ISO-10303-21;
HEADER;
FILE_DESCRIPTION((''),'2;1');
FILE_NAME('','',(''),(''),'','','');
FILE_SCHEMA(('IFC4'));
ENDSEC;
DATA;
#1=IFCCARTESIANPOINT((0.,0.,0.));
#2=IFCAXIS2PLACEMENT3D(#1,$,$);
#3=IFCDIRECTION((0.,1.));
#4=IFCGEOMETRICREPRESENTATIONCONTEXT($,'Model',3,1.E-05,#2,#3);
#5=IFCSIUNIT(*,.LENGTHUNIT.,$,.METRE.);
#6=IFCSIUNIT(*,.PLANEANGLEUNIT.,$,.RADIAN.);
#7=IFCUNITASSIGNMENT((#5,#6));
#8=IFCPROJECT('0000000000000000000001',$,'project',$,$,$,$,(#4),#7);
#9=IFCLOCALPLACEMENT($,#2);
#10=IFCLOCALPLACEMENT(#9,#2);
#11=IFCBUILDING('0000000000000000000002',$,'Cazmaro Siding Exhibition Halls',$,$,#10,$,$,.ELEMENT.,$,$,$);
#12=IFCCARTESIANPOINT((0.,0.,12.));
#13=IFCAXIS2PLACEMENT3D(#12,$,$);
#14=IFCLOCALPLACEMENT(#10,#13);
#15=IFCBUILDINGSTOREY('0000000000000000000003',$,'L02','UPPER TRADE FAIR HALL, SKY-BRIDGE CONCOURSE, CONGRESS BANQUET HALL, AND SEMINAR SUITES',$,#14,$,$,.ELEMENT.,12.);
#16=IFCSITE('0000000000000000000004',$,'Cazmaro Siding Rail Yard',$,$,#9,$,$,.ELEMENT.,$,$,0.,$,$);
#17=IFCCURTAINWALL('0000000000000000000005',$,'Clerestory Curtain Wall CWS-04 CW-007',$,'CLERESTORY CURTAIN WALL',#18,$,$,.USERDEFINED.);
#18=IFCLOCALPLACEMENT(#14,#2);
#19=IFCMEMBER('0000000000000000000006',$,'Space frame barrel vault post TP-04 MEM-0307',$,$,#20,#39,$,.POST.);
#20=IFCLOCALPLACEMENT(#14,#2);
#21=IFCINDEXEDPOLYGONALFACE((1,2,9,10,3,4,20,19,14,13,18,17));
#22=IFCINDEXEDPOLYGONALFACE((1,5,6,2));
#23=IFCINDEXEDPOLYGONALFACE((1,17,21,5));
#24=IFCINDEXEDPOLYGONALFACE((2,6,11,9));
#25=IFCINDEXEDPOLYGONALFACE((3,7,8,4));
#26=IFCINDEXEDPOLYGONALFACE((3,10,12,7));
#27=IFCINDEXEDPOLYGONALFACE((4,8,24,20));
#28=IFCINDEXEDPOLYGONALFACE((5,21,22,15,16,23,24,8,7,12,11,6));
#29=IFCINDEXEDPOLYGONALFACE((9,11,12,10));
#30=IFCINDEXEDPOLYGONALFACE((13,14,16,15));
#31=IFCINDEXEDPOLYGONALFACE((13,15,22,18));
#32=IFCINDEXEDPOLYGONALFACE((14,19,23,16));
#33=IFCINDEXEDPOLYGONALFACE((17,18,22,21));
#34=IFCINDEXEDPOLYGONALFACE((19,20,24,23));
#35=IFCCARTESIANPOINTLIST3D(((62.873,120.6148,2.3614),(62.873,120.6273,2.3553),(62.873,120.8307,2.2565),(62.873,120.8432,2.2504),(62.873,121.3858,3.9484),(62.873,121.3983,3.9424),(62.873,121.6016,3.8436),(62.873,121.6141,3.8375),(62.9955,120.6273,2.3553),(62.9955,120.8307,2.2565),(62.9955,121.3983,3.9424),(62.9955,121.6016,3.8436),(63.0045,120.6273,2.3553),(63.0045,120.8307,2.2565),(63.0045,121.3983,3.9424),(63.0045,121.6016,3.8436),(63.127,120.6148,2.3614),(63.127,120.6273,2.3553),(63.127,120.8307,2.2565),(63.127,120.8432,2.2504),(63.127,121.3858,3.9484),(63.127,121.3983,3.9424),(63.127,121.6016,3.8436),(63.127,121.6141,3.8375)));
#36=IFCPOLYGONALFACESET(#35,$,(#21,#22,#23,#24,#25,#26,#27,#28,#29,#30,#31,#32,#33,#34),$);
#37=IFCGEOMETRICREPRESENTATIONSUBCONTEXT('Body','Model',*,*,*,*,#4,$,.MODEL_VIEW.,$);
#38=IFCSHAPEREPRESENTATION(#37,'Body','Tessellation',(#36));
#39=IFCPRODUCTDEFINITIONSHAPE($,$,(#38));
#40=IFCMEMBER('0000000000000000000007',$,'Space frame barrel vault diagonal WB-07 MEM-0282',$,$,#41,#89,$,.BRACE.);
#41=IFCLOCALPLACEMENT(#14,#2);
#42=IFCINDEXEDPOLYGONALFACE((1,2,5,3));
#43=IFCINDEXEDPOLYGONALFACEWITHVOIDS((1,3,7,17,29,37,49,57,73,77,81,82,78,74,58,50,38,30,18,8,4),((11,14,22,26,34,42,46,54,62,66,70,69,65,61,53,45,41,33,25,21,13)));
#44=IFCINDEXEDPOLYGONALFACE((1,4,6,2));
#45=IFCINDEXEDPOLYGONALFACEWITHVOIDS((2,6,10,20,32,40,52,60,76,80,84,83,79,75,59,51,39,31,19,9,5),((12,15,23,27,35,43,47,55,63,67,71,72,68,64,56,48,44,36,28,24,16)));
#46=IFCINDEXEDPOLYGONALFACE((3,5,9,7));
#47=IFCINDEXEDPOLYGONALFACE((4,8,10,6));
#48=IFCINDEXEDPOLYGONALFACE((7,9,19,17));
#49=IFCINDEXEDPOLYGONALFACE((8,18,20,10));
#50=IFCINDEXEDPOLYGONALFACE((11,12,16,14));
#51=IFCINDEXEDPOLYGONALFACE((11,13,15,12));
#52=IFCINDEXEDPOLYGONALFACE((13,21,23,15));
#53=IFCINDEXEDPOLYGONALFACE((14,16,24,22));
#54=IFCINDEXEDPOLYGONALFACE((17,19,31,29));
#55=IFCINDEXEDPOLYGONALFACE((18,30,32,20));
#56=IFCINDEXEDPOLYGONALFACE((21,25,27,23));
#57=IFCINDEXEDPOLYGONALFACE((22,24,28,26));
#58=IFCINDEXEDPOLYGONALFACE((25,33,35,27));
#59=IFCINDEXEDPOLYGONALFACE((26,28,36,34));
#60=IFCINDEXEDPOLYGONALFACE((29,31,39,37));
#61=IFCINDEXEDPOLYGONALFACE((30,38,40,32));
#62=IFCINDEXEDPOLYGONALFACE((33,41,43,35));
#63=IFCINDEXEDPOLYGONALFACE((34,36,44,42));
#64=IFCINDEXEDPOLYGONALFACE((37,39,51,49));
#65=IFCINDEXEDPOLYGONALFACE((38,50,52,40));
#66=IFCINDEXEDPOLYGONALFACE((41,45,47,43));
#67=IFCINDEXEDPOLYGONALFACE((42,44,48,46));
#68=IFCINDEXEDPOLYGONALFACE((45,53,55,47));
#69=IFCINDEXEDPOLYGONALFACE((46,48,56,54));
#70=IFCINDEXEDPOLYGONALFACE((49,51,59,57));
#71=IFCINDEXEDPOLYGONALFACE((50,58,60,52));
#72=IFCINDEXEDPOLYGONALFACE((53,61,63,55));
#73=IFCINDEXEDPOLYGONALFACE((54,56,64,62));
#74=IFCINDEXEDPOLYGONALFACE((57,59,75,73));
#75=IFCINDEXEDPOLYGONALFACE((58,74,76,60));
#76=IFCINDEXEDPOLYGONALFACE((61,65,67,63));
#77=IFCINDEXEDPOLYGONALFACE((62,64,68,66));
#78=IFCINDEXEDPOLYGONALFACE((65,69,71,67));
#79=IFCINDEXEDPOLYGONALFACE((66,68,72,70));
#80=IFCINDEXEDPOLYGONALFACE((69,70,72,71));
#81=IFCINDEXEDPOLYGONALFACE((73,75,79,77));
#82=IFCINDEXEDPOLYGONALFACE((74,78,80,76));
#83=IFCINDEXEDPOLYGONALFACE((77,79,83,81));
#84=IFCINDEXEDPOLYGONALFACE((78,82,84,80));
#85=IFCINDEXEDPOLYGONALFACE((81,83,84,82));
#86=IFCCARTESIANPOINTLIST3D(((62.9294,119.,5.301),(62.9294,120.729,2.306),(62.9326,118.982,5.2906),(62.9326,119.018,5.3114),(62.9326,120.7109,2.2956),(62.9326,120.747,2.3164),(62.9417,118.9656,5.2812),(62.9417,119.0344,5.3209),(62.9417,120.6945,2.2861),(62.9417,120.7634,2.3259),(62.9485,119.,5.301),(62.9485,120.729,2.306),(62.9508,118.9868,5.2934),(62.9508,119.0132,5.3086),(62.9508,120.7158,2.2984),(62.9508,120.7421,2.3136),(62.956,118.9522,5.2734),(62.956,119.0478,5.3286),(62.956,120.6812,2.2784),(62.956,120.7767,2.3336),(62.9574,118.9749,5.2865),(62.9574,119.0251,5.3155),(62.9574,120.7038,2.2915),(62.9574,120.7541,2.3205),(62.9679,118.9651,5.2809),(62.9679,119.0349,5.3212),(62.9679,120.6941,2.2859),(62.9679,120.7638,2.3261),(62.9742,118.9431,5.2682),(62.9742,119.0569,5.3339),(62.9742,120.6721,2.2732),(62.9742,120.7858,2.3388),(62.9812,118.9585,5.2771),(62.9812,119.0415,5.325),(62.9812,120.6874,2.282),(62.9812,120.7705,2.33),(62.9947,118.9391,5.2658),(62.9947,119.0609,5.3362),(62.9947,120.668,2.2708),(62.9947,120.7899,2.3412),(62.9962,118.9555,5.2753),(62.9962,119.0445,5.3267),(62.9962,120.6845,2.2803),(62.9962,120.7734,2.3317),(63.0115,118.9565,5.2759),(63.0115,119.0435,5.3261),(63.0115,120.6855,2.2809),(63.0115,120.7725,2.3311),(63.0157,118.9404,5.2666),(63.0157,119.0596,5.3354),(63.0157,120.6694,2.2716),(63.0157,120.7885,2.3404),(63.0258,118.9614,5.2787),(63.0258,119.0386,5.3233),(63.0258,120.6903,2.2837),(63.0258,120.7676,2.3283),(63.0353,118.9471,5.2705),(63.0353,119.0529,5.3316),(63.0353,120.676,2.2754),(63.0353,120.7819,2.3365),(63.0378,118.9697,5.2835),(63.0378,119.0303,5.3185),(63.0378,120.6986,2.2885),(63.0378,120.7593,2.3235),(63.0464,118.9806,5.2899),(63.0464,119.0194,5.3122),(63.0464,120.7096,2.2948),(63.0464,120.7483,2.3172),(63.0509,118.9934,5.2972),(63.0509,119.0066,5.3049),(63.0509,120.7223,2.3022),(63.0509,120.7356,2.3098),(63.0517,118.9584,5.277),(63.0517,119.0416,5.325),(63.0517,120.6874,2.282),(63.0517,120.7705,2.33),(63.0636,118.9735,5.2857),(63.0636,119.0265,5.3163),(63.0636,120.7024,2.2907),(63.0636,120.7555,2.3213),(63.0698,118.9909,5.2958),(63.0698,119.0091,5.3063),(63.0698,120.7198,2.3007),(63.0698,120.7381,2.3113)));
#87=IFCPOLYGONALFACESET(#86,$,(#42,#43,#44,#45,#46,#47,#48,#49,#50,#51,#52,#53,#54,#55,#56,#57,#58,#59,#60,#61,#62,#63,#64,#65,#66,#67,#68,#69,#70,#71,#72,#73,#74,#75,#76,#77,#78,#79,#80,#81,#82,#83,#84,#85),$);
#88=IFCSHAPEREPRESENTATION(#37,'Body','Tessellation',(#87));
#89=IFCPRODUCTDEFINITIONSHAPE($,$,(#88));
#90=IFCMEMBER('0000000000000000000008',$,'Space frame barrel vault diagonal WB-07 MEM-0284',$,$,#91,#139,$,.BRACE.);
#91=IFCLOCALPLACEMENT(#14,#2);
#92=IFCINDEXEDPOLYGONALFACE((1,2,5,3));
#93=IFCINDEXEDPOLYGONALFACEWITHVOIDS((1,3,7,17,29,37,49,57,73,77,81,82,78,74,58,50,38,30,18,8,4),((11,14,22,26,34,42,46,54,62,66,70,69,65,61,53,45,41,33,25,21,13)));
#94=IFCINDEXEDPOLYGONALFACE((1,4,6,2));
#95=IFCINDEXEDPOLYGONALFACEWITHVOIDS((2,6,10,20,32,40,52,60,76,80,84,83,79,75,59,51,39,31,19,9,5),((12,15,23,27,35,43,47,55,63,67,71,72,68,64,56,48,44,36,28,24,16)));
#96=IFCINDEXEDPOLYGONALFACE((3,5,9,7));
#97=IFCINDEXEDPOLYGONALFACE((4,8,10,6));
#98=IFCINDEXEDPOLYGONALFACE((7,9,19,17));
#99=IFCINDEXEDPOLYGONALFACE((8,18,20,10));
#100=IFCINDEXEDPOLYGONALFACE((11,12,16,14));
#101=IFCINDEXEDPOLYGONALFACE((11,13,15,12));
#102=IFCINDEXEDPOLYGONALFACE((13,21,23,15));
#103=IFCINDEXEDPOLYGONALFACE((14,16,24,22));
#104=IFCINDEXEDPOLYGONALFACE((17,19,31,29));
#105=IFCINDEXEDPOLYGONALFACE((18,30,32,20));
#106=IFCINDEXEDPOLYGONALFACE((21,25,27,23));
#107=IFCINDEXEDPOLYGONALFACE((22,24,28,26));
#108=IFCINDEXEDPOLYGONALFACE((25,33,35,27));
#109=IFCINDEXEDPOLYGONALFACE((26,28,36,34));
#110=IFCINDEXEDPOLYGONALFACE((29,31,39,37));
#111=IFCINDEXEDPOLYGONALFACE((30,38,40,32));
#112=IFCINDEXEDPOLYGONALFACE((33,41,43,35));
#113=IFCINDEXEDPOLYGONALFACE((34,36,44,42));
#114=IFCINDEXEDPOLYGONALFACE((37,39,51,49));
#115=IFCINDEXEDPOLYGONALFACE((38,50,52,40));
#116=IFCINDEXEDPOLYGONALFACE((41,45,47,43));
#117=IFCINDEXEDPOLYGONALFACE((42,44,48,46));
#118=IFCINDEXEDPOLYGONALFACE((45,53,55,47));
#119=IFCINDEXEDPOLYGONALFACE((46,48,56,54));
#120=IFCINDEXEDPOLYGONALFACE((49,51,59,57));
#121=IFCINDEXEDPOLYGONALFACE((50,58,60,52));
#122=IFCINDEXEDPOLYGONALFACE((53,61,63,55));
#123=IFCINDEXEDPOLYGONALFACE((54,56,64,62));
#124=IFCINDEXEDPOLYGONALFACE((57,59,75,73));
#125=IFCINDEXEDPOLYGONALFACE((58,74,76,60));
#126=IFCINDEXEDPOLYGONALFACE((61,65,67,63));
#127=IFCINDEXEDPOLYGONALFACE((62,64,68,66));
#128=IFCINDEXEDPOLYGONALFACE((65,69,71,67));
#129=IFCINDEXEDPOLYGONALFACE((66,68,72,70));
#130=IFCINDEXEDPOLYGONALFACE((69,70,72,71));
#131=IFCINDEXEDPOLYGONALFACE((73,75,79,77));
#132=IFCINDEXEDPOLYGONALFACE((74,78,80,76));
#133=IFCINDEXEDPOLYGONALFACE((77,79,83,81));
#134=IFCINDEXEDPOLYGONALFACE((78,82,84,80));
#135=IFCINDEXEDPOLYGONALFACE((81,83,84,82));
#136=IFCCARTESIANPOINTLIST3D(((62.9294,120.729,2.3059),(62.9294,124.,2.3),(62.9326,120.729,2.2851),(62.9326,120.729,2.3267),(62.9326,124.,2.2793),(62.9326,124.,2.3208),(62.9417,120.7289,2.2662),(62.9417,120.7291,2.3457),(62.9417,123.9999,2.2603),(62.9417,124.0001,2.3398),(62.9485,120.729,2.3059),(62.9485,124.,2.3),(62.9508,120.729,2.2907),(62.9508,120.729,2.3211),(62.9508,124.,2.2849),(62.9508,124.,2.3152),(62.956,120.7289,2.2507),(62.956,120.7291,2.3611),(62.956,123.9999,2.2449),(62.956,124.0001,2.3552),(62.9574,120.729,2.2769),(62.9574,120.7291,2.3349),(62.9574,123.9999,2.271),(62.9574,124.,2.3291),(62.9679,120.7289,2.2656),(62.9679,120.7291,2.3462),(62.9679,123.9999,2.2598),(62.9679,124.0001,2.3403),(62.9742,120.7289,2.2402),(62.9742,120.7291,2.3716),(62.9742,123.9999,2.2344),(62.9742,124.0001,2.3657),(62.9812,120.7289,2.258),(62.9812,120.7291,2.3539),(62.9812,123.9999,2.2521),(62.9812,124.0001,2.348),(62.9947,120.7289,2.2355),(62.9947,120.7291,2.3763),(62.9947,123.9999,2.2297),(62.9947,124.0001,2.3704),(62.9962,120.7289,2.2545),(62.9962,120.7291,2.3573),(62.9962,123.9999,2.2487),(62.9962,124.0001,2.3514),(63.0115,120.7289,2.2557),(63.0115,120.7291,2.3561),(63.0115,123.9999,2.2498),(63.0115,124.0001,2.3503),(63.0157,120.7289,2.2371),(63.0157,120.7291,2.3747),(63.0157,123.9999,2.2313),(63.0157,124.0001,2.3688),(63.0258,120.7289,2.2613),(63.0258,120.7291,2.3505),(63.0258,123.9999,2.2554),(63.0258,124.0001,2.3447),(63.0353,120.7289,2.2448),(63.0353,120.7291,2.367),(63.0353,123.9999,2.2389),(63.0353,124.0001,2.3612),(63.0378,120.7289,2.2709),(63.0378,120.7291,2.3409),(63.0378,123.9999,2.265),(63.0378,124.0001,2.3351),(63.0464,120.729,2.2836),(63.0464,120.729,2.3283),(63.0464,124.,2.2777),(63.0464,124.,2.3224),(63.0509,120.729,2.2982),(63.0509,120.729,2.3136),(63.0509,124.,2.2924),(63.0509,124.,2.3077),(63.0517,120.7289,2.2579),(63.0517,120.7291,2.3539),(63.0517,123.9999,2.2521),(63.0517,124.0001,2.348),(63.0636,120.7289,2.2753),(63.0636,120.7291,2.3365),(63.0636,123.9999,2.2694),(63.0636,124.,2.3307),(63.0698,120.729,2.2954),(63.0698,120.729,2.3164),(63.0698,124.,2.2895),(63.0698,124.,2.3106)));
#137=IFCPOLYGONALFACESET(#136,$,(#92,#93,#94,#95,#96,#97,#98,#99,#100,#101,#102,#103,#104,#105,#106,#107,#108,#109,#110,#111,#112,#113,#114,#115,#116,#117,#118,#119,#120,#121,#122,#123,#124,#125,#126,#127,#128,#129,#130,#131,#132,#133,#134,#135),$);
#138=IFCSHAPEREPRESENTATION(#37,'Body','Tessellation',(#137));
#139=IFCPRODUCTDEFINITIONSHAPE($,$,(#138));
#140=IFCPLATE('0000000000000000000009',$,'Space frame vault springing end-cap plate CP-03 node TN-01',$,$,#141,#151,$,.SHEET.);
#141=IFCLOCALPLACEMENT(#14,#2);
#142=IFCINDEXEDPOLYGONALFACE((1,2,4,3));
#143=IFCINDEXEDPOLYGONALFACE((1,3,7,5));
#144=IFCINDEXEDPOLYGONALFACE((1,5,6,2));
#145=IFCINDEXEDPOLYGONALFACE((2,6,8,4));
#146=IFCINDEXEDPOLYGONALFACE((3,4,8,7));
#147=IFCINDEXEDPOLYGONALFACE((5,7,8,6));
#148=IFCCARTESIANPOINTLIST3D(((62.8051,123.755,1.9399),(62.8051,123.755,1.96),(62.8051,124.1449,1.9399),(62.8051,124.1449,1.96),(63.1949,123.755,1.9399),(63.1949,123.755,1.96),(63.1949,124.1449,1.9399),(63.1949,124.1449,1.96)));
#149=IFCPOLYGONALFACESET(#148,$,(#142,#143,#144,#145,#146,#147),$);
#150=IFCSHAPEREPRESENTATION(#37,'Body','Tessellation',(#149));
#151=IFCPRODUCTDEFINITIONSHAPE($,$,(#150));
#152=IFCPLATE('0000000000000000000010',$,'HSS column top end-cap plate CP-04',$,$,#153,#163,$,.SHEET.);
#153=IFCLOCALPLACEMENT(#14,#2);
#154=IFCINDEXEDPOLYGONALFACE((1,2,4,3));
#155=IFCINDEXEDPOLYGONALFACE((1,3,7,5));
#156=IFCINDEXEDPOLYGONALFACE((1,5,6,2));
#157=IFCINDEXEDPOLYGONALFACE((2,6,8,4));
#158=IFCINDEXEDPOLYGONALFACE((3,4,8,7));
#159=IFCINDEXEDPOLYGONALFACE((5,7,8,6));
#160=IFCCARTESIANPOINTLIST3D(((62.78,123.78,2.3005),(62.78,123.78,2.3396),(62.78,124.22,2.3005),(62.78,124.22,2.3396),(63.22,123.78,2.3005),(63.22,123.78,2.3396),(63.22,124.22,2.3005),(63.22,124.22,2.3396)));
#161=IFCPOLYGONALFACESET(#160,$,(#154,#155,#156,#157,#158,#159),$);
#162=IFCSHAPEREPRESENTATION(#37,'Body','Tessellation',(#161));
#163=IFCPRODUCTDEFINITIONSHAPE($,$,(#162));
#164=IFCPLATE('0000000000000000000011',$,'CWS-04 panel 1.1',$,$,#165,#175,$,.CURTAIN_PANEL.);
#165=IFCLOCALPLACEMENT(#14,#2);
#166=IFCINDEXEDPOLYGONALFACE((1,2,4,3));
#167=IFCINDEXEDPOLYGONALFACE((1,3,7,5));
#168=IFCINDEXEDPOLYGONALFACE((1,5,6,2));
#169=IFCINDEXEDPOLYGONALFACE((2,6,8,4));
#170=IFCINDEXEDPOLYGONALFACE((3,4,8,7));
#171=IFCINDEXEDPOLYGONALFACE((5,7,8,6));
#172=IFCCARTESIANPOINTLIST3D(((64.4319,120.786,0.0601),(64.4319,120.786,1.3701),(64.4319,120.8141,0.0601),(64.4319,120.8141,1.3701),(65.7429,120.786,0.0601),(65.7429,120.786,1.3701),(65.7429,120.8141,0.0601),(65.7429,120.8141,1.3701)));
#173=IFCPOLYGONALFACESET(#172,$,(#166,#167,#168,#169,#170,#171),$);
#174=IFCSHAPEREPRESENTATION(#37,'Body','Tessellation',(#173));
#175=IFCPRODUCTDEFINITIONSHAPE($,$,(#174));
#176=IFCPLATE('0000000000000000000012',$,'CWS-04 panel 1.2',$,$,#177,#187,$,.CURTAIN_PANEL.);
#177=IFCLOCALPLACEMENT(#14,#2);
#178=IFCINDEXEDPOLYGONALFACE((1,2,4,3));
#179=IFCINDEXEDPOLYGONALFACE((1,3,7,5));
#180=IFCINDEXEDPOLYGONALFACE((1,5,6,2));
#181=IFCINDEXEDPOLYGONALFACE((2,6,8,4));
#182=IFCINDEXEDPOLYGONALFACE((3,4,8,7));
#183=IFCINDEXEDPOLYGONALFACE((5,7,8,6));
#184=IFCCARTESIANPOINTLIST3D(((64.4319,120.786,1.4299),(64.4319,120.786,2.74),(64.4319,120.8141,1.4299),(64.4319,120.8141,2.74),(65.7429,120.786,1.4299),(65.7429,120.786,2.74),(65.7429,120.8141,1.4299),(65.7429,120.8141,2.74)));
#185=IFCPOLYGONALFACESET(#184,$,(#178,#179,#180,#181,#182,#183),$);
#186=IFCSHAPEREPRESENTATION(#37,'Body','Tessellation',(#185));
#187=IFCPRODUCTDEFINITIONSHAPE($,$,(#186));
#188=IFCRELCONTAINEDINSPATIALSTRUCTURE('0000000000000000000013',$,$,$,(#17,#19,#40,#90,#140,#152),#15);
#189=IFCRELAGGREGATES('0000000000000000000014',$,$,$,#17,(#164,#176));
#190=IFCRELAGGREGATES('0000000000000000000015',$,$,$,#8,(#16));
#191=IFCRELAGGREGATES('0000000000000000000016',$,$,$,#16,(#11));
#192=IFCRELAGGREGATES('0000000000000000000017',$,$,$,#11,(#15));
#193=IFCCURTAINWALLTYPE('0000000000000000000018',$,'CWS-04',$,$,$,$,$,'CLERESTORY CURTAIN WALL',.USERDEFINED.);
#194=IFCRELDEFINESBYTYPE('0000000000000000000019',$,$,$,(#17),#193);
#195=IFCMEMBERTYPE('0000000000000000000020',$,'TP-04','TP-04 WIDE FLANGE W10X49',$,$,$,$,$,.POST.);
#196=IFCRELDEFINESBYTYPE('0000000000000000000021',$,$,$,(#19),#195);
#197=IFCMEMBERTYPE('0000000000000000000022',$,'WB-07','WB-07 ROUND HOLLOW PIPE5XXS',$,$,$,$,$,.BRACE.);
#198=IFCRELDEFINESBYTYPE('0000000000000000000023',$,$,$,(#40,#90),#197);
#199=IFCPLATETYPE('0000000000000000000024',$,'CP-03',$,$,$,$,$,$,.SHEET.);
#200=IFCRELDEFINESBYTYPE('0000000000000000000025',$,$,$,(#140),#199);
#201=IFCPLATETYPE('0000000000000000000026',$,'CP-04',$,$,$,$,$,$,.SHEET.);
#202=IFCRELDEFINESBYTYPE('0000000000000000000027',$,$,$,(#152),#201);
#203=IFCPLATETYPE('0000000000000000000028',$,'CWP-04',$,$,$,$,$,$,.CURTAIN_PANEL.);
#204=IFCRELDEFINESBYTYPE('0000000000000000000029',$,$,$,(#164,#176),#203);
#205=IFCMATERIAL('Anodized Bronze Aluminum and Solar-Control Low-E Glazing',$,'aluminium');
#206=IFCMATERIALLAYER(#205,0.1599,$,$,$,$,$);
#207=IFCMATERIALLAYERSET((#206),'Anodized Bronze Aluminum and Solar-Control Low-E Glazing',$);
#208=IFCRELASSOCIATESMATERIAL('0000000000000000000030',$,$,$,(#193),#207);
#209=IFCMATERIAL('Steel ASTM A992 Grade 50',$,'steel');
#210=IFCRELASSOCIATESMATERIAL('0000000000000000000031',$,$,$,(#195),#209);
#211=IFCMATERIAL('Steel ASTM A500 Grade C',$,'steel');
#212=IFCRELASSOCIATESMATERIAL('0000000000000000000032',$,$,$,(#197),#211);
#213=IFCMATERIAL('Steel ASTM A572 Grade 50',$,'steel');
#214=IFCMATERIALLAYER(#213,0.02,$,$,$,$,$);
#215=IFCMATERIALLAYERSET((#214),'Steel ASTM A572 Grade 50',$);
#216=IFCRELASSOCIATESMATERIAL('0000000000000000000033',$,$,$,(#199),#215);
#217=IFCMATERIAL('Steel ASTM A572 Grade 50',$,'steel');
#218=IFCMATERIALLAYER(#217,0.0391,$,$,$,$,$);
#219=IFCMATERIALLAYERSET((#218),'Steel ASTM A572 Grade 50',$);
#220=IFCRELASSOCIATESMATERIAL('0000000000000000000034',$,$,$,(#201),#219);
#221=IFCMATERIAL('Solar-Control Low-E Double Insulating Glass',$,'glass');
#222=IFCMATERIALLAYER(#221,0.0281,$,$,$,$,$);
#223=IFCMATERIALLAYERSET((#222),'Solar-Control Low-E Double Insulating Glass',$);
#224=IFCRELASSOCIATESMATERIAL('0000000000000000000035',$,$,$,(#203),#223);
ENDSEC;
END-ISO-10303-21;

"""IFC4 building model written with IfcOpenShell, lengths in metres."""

from ifc_helpers import new_model, si_unit, direction, frame, origin, origin_2d, place, context, subcontext, project, spatial, rectangle, hollow_circle, i_section, extrude, material, layer, layer_set, material_profile, profile_set, type_object, element, aggregate, save


model = new_model("IFC4")

# Units and contexts
model_context = context("Model", 3, precision=1e-05, world=origin(), true_north=direction((0.0, 1.0)))
body_context = subcontext(model_context, "Body", "Model", "MODEL_VIEW")
ifc_project = project(units=[si_unit("LENGTHUNIT", "METRE"), si_unit("PLANEANGLEUNIT", "RADIAN")], contexts=[model_context])

# Site, building, storey
site_placement = place(None, origin())
site = spatial("IfcSite", under=ifc_project, at=site_placement, Name="Cazmaro Siding Rail Yard", CompositionType="ELEMENT", RefElevation=0.0)
building_placement = place(site_placement, origin())
building = spatial("IfcBuilding", under=site, at=building_placement, Name="Cazmaro Siding Exhibition Halls", CompositionType="ELEMENT")
storey_placement = place(building_placement, frame((0.0, 0.0, 12.0)))
storey = spatial("IfcBuildingStorey", under=building, at=storey_placement, Name="L02", Description="UPPER TRADE FAIR HALL, SKY-BRIDGE CONCOURSE, CONGRESS BANQUET HALL, AND SEMINAR SUITES", CompositionType="ELEMENT", Elevation=12.0)

# Curtain wall
ifc_material_1 = material(Name="Anodized Bronze Aluminum and Solar-Control Low-E Glazing", Category="aluminium")
ifc_layer_1 = layer(ifc_material_1, 0.1599)
ifc_layer_set_1 = layer_set([ifc_layer_1], Name="Anodized Bronze Aluminum and Solar-Control Low-E Glazing")
curtain_wall_type = type_object("IfcCurtainWallType", Name="CWS-04", ElementType="CLERESTORY CURTAIN WALL", PredefinedType="USERDEFINED", material=ifc_layer_set_1)
curtain_wall_placement = place(storey_placement, origin())
curtain_wall = element("IfcCurtainWall", 1, at=curtain_wall_placement, inside=storey, type_object=curtain_wall_type, Name="Clerestory Curtain Wall CWS-04 CW-007", ObjectType="CLERESTORY CURTAIN WALL", PredefinedType="USERDEFINED")

# Members
ifc_material_2 = material(Name="Steel ASTM A992 Grade 50", Category="steel")
ifc_material_profile_1 = material_profile(ifc_material_2, i_section(OverallWidth=0.2539, OverallDepth=0.2539, WebThickness=0.009, FlangeThickness=0.0139, at=origin_2d()), Name="W10X49")
ifc_profile_set_1 = profile_set([ifc_material_profile_1], Name="Steel ASTM A992 Grade 50")
member_type_1 = type_object("IfcMemberType", Name="TP-04", Description="TP-04 WIDE FLANGE W10X49", PredefinedType="POST", material=ifc_profile_set_1)
member_1_placement = place(storey_placement, frame((63.0, 120.729, 2.3059), z_axis=(0.0, 0.436946, 0.899488), x_axis=(-1.0, 0.0, 0.0)))
element("IfcMember", 2, at=member_1_placement, inside=storey, type_object=member_type_1, Name="Space frame barrel vault post TP-04 MEM-0307", PredefinedType="POST", context=body_context, shape_type="SweptSolid", body=[
    extrude(i_section(OverallWidth=0.2539, OverallDepth=0.2539, WebThickness=0.009, FlangeThickness=0.0139, at=origin_2d()), origin(), (0.0, 0.0, 1.0), 1.7644),
])
ifc_material_3 = material(Name="Steel ASTM A500 Grade C", Category="steel")
ifc_material_profile_2 = material_profile(ifc_material_3, hollow_circle(Radius=0.0706, WallThickness=0.019, at=origin_2d()), Name="PIPE5XXS")
ifc_profile_set_2 = profile_set([ifc_material_profile_2], Name="Steel ASTM A500 Grade C")
member_type_2 = type_object("IfcMemberType", Name="WB-07", Description="WB-07 ROUND HOLLOW PIPE5XXS", PredefinedType="BRACE", material=ifc_profile_set_2)
member_2_placement = place(storey_placement, frame((63.0, 119.0, 5.301), z_axis=(0.0, 0.499951, -0.866054), x_axis=(-1.0, 0.0, 0.0)))
element("IfcMember", 3, at=member_2_placement, inside=storey, type_object=member_type_2, Name="Space frame barrel vault diagonal WB-07 MEM-0282", PredefinedType="BRACE", context=body_context, shape_type="SweptSolid", body=[
    extrude(hollow_circle(Radius=0.0706, WallThickness=0.019, at=origin_2d()), origin(), (0.0, 0.0, 1.0), 3.4583),
])
member_3_placement = place(storey_placement, frame((63.0, 120.729, 2.3059), z_axis=(0.0, 0.999998, -0.001791), x_axis=(-1.0, 0.0, 0.0)))
element("IfcMember", 4, at=member_3_placement, inside=storey, type_object=member_type_2, Name="Space frame barrel vault diagonal WB-07 MEM-0284", PredefinedType="BRACE", context=body_context, shape_type="SweptSolid", body=[
    extrude(hollow_circle(Radius=0.0706, WallThickness=0.019, at=origin_2d()), origin(), (0.0, 0.0, 1.0), 3.271),
])

# Plates
ifc_material_4 = material(Name="Steel ASTM A572 Grade 50", Category="steel")
ifc_layer_2 = layer(ifc_material_4, 0.02)
ifc_layer_set_2 = layer_set([ifc_layer_2], Name="Steel ASTM A572 Grade 50")
plate_type_1 = type_object("IfcPlateType", Name="CP-03", PredefinedType="SHEET", material=ifc_layer_set_2)
plate_1_placement = place(storey_placement, frame((63.0, 123.95, 1.9399), z_axis=(0.0, 0.0, 1.0), x_axis=(1.0, 0.0, 0.0)))
element("IfcPlate", 5, at=plate_1_placement, inside=storey, type_object=plate_type_1, Name="Space frame vault springing end-cap plate CP-03 node TN-01", PredefinedType="SHEET", context=body_context, shape_type="SweptSolid", body=[
    extrude(rectangle(XDim=0.3899, YDim=0.3899, at=origin_2d()), origin(), (0.0, 0.0, 1.0), 0.02),
])
ifc_material_5 = material(Name="Steel ASTM A572 Grade 50", Category="steel")
ifc_layer_3 = layer(ifc_material_5, 0.0391)
ifc_layer_set_3 = layer_set([ifc_layer_3], Name="Steel ASTM A572 Grade 50")
plate_type_2 = type_object("IfcPlateType", Name="CP-04", PredefinedType="SHEET", material=ifc_layer_set_3)
plate_2_placement = place(storey_placement, frame((63.0, 124.0, 2.3005), z_axis=(0.0, 0.0, 1.0), x_axis=(1.0, 0.0, 0.0)))
element("IfcPlate", 6, at=plate_2_placement, inside=storey, type_object=plate_type_2, Name="HSS column top end-cap plate CP-04", PredefinedType="SHEET", context=body_context, shape_type="SweptSolid", body=[
    extrude(rectangle(XDim=0.4399, YDim=0.4399, at=origin_2d()), origin(), (0.0, 0.0, 1.0), 0.0391),
])

# Plates
ifc_material_6 = material(Name="Solar-Control Low-E Double Insulating Glass", Category="glass")
ifc_layer_4 = layer(ifc_material_6, 0.0281)
ifc_layer_set_4 = layer_set([ifc_layer_4], Name="Solar-Control Low-E Double Insulating Glass")
plate_type_3 = type_object("IfcPlateType", Name="CWP-04", PredefinedType="CURTAIN_PANEL", material=ifc_layer_set_4)
plate_3_placement = place(storey_placement, frame((65.0874, 120.8, 0.0601), z_axis=(0.0, 0.0, 1.0), x_axis=(-1.0, 0.0, 0.0)))
plate_3 = element("IfcPlate", 7, at=plate_3_placement, type_object=plate_type_3, Name="CWS-04 panel 1.1", PredefinedType="CURTAIN_PANEL", context=body_context, shape_type="SweptSolid", body=[
    extrude(rectangle(XDim=1.311, YDim=0.0281, at=origin_2d()), origin(), (0.0, 0.0, 1.0), 1.3101),
])
plate_4_placement = place(storey_placement, frame((65.0874, 120.8, 1.4299), z_axis=(0.0, 0.0, 1.0), x_axis=(-1.0, 0.0, 0.0)))
plate_4 = element("IfcPlate", 8, at=plate_4_placement, type_object=plate_type_3, Name="CWS-04 panel 1.2", PredefinedType="CURTAIN_PANEL", context=body_context, shape_type="SweptSolid", body=[
    extrude(rectangle(XDim=1.311, YDim=0.0281, at=origin_2d()), origin(), (0.0, 0.0, 1.0), 1.3101),
])
aggregate(curtain_wall, [plate_3, plate_4])

save(model, "model.ifc")
